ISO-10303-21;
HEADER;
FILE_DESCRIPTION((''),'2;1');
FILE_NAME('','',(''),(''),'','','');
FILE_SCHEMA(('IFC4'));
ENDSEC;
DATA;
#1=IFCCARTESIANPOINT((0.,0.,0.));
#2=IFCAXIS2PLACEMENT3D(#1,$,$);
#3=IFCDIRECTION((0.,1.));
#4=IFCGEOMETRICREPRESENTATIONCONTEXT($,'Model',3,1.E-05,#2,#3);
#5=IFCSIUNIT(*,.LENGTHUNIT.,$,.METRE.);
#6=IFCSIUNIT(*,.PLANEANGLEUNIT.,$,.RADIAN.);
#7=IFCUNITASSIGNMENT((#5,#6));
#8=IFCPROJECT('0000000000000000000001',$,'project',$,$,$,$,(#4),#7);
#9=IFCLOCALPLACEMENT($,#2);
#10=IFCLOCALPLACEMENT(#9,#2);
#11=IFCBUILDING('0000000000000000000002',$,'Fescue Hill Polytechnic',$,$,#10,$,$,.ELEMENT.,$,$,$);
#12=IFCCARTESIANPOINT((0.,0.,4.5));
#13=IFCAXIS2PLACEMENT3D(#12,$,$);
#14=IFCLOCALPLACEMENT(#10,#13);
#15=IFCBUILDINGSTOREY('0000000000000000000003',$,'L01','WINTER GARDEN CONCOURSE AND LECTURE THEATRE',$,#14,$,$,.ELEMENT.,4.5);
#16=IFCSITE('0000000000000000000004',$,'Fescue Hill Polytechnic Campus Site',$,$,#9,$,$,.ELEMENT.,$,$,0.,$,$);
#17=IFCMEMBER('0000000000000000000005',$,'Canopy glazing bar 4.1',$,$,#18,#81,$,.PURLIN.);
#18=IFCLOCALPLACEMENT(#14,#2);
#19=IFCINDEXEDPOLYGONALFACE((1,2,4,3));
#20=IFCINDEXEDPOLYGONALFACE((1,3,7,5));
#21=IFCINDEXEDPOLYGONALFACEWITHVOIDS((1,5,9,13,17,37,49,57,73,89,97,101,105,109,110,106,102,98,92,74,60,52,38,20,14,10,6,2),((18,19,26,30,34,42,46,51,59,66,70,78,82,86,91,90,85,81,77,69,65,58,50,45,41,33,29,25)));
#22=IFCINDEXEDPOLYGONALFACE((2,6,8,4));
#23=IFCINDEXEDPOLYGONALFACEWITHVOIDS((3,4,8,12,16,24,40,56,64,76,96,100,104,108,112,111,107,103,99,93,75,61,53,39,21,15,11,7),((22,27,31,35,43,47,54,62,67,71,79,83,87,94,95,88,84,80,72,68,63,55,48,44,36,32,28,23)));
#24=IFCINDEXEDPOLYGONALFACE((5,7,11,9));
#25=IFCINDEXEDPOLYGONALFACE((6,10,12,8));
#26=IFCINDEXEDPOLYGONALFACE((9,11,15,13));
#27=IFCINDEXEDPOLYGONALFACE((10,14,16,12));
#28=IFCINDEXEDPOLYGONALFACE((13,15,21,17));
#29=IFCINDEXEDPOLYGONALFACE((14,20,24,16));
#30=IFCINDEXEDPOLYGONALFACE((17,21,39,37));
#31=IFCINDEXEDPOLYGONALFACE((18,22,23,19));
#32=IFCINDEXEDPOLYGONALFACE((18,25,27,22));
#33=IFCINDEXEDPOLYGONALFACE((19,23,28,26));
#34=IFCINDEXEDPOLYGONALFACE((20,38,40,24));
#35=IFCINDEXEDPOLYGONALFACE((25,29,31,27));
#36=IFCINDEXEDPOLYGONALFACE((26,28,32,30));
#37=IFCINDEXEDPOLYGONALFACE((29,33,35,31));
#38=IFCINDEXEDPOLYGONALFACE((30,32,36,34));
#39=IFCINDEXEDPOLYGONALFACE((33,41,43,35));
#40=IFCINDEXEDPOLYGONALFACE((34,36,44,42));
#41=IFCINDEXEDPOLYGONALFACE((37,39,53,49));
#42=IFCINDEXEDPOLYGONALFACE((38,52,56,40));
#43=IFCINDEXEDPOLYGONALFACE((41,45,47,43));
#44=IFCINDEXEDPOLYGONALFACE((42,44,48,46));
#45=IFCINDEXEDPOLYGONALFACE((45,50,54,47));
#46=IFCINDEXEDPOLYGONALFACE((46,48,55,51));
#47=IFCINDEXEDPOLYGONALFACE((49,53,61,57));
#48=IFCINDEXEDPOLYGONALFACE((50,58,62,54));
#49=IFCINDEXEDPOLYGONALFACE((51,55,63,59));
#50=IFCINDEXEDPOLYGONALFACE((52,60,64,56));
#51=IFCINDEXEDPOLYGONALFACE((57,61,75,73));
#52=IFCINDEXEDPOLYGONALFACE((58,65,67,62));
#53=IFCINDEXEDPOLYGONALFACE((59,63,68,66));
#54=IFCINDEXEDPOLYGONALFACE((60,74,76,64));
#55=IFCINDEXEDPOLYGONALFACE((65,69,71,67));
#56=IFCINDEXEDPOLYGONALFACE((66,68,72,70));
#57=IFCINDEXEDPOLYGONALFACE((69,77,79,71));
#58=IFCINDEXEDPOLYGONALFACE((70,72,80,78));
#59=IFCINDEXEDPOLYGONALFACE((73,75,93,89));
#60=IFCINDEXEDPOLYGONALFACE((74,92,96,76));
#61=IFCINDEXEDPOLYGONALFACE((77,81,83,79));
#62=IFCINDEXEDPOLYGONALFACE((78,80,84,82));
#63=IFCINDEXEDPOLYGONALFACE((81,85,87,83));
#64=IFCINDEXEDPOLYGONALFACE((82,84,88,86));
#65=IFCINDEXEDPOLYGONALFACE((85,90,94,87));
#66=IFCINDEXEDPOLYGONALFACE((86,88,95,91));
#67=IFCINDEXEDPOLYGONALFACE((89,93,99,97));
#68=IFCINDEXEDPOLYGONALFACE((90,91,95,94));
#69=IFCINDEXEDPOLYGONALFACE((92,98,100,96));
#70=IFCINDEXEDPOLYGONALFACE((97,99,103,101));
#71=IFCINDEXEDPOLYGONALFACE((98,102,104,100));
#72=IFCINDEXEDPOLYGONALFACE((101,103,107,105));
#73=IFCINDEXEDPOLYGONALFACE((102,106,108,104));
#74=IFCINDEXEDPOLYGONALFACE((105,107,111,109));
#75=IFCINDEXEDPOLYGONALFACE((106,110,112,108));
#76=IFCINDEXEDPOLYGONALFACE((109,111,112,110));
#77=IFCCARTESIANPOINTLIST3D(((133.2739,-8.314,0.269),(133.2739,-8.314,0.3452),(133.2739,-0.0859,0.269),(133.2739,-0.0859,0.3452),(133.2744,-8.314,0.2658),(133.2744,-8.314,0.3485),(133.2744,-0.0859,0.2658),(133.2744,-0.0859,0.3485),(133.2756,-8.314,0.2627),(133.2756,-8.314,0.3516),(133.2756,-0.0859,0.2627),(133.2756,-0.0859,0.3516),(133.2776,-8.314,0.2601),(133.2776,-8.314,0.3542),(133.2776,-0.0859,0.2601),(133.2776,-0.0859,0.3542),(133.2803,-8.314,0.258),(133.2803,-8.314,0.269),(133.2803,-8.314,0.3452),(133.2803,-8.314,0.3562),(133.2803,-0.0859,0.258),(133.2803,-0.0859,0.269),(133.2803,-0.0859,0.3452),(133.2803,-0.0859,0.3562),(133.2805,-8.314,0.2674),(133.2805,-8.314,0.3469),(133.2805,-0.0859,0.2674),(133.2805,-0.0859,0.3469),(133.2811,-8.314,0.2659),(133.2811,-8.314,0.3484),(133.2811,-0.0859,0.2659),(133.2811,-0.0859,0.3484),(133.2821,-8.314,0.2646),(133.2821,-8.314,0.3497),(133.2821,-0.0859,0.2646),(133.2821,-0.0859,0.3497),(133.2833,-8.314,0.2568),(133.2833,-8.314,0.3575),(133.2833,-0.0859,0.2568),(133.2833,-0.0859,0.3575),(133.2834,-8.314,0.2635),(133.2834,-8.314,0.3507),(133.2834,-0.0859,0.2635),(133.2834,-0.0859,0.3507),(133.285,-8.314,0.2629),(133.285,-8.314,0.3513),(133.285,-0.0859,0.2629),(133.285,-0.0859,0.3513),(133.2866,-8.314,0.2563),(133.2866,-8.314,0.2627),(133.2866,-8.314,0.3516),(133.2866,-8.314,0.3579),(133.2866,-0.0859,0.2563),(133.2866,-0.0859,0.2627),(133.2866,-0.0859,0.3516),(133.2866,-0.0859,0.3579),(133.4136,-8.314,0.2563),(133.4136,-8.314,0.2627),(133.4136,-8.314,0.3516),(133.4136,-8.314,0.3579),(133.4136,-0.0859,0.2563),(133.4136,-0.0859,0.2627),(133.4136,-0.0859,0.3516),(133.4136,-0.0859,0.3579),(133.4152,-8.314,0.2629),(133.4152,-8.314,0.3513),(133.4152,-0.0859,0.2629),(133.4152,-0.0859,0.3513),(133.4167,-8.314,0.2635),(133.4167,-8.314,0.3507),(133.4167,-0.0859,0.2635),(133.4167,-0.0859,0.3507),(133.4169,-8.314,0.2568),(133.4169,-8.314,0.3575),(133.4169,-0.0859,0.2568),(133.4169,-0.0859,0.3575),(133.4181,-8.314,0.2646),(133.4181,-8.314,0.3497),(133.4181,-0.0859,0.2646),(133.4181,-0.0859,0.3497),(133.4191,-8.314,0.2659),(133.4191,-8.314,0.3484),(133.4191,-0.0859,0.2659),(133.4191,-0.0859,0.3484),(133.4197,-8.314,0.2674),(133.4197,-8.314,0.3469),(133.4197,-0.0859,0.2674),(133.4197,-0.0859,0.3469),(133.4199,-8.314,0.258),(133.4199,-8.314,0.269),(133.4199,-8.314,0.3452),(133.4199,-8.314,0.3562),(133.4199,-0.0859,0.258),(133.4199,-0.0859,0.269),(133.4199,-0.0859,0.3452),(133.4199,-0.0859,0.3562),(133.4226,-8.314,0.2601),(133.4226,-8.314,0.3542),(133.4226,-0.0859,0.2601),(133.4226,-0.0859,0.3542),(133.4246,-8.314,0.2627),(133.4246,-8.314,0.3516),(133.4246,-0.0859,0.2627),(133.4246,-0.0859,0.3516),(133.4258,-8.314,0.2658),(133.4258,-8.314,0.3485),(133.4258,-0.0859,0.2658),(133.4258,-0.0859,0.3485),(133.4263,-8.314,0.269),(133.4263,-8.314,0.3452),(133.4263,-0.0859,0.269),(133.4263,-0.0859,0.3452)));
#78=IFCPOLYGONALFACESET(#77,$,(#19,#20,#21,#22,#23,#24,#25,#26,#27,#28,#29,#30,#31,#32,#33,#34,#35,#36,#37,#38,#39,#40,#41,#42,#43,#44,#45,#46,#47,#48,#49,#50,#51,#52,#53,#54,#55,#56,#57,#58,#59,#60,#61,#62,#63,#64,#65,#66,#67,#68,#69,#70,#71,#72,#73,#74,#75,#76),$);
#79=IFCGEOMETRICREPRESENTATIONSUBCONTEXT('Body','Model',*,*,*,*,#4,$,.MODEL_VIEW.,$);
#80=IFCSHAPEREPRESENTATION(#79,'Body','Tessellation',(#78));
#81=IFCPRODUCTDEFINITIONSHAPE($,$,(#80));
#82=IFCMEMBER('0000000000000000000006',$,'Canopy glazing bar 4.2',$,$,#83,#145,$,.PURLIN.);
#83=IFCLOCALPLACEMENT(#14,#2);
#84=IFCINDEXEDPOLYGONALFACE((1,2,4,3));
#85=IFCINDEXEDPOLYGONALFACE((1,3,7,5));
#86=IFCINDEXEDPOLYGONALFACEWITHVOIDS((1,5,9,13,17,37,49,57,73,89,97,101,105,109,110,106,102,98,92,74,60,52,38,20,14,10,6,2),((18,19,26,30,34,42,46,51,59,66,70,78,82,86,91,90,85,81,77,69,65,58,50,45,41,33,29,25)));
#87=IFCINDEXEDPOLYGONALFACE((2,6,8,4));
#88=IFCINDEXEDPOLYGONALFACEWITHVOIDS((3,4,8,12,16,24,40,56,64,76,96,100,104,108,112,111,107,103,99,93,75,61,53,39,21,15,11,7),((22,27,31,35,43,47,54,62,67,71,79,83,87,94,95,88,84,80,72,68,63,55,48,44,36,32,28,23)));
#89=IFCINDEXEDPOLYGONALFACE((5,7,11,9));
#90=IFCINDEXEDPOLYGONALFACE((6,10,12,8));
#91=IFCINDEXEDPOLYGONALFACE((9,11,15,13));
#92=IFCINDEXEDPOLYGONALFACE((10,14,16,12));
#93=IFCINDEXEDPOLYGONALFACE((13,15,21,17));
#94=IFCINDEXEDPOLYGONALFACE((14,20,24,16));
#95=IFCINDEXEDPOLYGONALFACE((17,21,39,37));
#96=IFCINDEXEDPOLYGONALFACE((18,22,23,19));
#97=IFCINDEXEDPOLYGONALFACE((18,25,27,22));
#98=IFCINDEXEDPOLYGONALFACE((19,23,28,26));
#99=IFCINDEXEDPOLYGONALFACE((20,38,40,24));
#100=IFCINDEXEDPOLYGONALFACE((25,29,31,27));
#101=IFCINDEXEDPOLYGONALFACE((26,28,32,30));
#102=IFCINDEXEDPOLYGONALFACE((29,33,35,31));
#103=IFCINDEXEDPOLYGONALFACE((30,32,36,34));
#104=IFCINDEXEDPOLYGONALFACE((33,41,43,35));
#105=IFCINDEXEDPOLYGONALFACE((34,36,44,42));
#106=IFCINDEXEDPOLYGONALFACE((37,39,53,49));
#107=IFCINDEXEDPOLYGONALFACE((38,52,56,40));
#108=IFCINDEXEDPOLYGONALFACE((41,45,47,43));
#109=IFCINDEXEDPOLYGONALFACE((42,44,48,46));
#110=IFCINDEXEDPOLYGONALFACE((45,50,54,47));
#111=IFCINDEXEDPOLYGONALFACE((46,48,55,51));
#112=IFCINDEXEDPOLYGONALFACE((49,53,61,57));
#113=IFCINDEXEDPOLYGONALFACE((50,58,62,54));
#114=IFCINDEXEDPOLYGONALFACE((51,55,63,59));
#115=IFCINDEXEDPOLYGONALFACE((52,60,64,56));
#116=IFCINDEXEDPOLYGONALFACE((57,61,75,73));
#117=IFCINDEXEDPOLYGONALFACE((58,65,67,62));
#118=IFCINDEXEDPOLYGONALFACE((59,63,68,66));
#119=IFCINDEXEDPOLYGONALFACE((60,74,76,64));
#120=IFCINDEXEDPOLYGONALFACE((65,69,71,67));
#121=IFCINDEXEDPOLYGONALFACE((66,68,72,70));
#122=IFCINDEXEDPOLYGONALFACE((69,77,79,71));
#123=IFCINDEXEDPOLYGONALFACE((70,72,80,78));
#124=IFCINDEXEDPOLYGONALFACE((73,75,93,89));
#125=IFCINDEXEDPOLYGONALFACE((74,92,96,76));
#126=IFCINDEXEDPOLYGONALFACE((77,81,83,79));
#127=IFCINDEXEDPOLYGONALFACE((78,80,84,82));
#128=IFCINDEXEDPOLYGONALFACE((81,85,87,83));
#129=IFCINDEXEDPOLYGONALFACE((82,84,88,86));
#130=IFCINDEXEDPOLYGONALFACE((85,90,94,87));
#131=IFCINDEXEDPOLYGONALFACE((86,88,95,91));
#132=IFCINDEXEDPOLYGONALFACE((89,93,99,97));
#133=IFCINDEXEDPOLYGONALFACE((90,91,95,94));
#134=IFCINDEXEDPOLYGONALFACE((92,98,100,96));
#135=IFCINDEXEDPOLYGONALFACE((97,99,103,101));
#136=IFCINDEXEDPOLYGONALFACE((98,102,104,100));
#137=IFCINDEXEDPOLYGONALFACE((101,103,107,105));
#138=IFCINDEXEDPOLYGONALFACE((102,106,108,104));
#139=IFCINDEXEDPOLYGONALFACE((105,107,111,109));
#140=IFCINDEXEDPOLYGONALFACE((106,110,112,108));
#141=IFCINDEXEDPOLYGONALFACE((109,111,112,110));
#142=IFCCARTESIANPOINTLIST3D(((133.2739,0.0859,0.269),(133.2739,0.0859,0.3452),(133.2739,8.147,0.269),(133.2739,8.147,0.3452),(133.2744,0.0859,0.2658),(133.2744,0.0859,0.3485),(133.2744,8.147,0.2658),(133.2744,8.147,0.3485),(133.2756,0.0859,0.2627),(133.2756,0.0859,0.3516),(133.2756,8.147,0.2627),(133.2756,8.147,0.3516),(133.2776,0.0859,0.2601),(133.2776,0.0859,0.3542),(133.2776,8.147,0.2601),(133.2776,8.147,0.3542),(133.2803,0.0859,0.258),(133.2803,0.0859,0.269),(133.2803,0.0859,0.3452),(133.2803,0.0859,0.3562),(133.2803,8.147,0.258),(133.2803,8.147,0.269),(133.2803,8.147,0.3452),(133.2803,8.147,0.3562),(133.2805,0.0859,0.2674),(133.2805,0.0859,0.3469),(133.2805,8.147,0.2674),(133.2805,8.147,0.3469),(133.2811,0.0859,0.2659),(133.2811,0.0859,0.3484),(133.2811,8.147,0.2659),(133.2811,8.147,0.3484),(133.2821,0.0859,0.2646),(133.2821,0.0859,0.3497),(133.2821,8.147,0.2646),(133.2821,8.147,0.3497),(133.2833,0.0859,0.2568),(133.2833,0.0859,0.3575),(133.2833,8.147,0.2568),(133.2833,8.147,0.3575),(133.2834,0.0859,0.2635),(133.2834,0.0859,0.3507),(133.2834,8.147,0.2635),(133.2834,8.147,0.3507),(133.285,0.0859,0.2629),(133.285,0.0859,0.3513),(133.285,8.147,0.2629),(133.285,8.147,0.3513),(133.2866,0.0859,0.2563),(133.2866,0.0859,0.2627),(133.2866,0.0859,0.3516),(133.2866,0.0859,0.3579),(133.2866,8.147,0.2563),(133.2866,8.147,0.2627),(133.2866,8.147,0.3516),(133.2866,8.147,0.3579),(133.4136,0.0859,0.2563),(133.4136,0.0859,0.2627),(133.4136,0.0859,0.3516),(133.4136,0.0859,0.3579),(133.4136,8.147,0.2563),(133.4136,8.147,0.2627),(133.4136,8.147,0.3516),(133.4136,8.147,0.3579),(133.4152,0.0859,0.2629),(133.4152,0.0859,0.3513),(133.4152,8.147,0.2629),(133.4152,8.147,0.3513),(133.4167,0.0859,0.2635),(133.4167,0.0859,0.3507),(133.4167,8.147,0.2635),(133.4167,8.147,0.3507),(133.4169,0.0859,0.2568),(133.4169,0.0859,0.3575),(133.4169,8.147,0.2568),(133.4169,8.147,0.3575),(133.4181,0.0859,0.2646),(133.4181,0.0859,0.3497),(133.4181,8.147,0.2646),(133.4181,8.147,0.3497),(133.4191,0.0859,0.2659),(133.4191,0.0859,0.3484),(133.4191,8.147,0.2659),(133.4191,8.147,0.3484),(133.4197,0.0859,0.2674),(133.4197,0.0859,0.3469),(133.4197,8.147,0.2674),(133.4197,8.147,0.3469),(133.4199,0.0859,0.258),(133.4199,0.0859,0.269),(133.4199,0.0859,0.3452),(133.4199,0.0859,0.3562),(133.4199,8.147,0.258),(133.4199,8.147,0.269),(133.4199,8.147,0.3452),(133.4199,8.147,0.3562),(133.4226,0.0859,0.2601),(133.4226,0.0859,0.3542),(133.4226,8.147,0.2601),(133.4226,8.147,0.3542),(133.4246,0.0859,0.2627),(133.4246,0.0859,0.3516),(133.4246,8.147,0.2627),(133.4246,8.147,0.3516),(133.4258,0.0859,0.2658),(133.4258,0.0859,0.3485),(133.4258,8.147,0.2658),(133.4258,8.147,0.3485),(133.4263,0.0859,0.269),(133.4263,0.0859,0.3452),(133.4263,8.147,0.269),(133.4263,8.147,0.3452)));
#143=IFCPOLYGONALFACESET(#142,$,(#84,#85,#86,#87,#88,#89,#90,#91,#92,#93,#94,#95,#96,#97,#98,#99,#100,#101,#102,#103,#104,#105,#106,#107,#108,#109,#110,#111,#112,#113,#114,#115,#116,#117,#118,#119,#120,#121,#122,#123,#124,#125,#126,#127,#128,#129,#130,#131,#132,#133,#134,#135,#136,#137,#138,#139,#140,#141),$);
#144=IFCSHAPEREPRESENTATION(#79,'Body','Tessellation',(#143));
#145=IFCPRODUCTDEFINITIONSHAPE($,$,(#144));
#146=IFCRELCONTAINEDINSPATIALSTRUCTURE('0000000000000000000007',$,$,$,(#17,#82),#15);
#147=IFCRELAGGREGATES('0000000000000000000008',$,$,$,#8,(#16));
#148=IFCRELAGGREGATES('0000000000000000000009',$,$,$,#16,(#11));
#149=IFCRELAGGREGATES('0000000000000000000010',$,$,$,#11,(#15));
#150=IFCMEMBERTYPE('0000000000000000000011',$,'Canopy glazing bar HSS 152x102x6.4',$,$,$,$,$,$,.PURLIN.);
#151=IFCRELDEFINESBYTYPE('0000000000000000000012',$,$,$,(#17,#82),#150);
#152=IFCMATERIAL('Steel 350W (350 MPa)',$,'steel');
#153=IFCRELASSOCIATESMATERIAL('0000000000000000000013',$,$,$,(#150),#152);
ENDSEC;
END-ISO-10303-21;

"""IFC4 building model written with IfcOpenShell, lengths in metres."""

from ifc_helpers import new_model, si_unit, direction, frame, origin, origin_2d, place, context, subcontext, project, spatial, hollow_rectangle, extrude, material, material_profile, profile_set, type_object, element, save


model = new_model("IFC4")

# Units and contexts
model_context = context("Model", 3, precision=1e-05, world=origin(), true_north=direction((0.0, 1.0)))
body_context = subcontext(model_context, "Body", "Model", "MODEL_VIEW")
ifc_project = project(units=[si_unit("LENGTHUNIT", "METRE"), si_unit("PLANEANGLEUNIT", "RADIAN")], contexts=[model_context])

# Site, building, storey
site_placement = place(None, origin())
site = spatial("IfcSite", under=ifc_project, at=site_placement, Name="Fescue Hill Polytechnic Campus Site", CompositionType="ELEMENT", RefElevation=0.0)
building_placement = place(site_placement, origin())
building = spatial("IfcBuilding", under=site, at=building_placement, Name="Fescue Hill Polytechnic", CompositionType="ELEMENT")
storey_placement = place(building_placement, frame((0.0, 0.0, 4.5)))
storey = spatial("IfcBuildingStorey", under=building, at=storey_placement, Name="L01", Description="WINTER GARDEN CONCOURSE AND LECTURE THEATRE", CompositionType="ELEMENT", Elevation=4.5)

# Members
ifc_material_1 = material(Name="Steel 350W (350 MPa)", Category="steel")
ifc_material_profile_1 = material_profile(ifc_material_1, hollow_rectangle(XDim=0.1016, YDim=0.1523, WallThickness=0.0063, InnerFilletRadius=0.0063, OuterFilletRadius=0.0127, at=origin_2d()), Name="Canopy glazing bar HSS 152x102x6.4")
ifc_profile_set_1 = profile_set([ifc_material_profile_1], Name="Steel 350W (350 MPa)")
member_type_1 = type_object("IfcMemberType", Name="Canopy glazing bar HSS 152x102x6.4", PredefinedType="PURLIN", material=ifc_profile_set_1)
member_1_placement = place(storey_placement, frame((133.3501, -8.314, 0.3071), z_axis=(0.0, 1.0, 0.0), x_axis=(0.0, 0.0, 1.0)))
element("IfcMember", 1, at=member_1_placement, inside=storey, type_object=member_type_1, Name="Canopy glazing bar 4.1", PredefinedType="PURLIN", context=body_context, shape_type="SweptSolid", body=[
    extrude(hollow_rectangle(XDim=0.1016, YDim=0.1523, WallThickness=0.0063, InnerFilletRadius=0.0063, OuterFilletRadius=0.0127, at=origin_2d()), origin(), (0.0, 0.0, 1.0), 8.228),
])
member_2_placement = place(storey_placement, frame((133.3501, 0.0859, 0.3071), z_axis=(0.0, 1.0, 0.0), x_axis=(0.0, 0.0, 1.0)))
element("IfcMember", 2, at=member_2_placement, inside=storey, type_object=member_type_1, Name="Canopy glazing bar 4.2", PredefinedType="PURLIN", context=body_context, shape_type="SweptSolid", body=[
    extrude(hollow_rectangle(XDim=0.1016, YDim=0.1523, WallThickness=0.0063, InnerFilletRadius=0.0063, OuterFilletRadius=0.0127, at=origin_2d()), origin(), (0.0, 0.0, 1.0), 8.061),
])

save(model, "model.ifc")
